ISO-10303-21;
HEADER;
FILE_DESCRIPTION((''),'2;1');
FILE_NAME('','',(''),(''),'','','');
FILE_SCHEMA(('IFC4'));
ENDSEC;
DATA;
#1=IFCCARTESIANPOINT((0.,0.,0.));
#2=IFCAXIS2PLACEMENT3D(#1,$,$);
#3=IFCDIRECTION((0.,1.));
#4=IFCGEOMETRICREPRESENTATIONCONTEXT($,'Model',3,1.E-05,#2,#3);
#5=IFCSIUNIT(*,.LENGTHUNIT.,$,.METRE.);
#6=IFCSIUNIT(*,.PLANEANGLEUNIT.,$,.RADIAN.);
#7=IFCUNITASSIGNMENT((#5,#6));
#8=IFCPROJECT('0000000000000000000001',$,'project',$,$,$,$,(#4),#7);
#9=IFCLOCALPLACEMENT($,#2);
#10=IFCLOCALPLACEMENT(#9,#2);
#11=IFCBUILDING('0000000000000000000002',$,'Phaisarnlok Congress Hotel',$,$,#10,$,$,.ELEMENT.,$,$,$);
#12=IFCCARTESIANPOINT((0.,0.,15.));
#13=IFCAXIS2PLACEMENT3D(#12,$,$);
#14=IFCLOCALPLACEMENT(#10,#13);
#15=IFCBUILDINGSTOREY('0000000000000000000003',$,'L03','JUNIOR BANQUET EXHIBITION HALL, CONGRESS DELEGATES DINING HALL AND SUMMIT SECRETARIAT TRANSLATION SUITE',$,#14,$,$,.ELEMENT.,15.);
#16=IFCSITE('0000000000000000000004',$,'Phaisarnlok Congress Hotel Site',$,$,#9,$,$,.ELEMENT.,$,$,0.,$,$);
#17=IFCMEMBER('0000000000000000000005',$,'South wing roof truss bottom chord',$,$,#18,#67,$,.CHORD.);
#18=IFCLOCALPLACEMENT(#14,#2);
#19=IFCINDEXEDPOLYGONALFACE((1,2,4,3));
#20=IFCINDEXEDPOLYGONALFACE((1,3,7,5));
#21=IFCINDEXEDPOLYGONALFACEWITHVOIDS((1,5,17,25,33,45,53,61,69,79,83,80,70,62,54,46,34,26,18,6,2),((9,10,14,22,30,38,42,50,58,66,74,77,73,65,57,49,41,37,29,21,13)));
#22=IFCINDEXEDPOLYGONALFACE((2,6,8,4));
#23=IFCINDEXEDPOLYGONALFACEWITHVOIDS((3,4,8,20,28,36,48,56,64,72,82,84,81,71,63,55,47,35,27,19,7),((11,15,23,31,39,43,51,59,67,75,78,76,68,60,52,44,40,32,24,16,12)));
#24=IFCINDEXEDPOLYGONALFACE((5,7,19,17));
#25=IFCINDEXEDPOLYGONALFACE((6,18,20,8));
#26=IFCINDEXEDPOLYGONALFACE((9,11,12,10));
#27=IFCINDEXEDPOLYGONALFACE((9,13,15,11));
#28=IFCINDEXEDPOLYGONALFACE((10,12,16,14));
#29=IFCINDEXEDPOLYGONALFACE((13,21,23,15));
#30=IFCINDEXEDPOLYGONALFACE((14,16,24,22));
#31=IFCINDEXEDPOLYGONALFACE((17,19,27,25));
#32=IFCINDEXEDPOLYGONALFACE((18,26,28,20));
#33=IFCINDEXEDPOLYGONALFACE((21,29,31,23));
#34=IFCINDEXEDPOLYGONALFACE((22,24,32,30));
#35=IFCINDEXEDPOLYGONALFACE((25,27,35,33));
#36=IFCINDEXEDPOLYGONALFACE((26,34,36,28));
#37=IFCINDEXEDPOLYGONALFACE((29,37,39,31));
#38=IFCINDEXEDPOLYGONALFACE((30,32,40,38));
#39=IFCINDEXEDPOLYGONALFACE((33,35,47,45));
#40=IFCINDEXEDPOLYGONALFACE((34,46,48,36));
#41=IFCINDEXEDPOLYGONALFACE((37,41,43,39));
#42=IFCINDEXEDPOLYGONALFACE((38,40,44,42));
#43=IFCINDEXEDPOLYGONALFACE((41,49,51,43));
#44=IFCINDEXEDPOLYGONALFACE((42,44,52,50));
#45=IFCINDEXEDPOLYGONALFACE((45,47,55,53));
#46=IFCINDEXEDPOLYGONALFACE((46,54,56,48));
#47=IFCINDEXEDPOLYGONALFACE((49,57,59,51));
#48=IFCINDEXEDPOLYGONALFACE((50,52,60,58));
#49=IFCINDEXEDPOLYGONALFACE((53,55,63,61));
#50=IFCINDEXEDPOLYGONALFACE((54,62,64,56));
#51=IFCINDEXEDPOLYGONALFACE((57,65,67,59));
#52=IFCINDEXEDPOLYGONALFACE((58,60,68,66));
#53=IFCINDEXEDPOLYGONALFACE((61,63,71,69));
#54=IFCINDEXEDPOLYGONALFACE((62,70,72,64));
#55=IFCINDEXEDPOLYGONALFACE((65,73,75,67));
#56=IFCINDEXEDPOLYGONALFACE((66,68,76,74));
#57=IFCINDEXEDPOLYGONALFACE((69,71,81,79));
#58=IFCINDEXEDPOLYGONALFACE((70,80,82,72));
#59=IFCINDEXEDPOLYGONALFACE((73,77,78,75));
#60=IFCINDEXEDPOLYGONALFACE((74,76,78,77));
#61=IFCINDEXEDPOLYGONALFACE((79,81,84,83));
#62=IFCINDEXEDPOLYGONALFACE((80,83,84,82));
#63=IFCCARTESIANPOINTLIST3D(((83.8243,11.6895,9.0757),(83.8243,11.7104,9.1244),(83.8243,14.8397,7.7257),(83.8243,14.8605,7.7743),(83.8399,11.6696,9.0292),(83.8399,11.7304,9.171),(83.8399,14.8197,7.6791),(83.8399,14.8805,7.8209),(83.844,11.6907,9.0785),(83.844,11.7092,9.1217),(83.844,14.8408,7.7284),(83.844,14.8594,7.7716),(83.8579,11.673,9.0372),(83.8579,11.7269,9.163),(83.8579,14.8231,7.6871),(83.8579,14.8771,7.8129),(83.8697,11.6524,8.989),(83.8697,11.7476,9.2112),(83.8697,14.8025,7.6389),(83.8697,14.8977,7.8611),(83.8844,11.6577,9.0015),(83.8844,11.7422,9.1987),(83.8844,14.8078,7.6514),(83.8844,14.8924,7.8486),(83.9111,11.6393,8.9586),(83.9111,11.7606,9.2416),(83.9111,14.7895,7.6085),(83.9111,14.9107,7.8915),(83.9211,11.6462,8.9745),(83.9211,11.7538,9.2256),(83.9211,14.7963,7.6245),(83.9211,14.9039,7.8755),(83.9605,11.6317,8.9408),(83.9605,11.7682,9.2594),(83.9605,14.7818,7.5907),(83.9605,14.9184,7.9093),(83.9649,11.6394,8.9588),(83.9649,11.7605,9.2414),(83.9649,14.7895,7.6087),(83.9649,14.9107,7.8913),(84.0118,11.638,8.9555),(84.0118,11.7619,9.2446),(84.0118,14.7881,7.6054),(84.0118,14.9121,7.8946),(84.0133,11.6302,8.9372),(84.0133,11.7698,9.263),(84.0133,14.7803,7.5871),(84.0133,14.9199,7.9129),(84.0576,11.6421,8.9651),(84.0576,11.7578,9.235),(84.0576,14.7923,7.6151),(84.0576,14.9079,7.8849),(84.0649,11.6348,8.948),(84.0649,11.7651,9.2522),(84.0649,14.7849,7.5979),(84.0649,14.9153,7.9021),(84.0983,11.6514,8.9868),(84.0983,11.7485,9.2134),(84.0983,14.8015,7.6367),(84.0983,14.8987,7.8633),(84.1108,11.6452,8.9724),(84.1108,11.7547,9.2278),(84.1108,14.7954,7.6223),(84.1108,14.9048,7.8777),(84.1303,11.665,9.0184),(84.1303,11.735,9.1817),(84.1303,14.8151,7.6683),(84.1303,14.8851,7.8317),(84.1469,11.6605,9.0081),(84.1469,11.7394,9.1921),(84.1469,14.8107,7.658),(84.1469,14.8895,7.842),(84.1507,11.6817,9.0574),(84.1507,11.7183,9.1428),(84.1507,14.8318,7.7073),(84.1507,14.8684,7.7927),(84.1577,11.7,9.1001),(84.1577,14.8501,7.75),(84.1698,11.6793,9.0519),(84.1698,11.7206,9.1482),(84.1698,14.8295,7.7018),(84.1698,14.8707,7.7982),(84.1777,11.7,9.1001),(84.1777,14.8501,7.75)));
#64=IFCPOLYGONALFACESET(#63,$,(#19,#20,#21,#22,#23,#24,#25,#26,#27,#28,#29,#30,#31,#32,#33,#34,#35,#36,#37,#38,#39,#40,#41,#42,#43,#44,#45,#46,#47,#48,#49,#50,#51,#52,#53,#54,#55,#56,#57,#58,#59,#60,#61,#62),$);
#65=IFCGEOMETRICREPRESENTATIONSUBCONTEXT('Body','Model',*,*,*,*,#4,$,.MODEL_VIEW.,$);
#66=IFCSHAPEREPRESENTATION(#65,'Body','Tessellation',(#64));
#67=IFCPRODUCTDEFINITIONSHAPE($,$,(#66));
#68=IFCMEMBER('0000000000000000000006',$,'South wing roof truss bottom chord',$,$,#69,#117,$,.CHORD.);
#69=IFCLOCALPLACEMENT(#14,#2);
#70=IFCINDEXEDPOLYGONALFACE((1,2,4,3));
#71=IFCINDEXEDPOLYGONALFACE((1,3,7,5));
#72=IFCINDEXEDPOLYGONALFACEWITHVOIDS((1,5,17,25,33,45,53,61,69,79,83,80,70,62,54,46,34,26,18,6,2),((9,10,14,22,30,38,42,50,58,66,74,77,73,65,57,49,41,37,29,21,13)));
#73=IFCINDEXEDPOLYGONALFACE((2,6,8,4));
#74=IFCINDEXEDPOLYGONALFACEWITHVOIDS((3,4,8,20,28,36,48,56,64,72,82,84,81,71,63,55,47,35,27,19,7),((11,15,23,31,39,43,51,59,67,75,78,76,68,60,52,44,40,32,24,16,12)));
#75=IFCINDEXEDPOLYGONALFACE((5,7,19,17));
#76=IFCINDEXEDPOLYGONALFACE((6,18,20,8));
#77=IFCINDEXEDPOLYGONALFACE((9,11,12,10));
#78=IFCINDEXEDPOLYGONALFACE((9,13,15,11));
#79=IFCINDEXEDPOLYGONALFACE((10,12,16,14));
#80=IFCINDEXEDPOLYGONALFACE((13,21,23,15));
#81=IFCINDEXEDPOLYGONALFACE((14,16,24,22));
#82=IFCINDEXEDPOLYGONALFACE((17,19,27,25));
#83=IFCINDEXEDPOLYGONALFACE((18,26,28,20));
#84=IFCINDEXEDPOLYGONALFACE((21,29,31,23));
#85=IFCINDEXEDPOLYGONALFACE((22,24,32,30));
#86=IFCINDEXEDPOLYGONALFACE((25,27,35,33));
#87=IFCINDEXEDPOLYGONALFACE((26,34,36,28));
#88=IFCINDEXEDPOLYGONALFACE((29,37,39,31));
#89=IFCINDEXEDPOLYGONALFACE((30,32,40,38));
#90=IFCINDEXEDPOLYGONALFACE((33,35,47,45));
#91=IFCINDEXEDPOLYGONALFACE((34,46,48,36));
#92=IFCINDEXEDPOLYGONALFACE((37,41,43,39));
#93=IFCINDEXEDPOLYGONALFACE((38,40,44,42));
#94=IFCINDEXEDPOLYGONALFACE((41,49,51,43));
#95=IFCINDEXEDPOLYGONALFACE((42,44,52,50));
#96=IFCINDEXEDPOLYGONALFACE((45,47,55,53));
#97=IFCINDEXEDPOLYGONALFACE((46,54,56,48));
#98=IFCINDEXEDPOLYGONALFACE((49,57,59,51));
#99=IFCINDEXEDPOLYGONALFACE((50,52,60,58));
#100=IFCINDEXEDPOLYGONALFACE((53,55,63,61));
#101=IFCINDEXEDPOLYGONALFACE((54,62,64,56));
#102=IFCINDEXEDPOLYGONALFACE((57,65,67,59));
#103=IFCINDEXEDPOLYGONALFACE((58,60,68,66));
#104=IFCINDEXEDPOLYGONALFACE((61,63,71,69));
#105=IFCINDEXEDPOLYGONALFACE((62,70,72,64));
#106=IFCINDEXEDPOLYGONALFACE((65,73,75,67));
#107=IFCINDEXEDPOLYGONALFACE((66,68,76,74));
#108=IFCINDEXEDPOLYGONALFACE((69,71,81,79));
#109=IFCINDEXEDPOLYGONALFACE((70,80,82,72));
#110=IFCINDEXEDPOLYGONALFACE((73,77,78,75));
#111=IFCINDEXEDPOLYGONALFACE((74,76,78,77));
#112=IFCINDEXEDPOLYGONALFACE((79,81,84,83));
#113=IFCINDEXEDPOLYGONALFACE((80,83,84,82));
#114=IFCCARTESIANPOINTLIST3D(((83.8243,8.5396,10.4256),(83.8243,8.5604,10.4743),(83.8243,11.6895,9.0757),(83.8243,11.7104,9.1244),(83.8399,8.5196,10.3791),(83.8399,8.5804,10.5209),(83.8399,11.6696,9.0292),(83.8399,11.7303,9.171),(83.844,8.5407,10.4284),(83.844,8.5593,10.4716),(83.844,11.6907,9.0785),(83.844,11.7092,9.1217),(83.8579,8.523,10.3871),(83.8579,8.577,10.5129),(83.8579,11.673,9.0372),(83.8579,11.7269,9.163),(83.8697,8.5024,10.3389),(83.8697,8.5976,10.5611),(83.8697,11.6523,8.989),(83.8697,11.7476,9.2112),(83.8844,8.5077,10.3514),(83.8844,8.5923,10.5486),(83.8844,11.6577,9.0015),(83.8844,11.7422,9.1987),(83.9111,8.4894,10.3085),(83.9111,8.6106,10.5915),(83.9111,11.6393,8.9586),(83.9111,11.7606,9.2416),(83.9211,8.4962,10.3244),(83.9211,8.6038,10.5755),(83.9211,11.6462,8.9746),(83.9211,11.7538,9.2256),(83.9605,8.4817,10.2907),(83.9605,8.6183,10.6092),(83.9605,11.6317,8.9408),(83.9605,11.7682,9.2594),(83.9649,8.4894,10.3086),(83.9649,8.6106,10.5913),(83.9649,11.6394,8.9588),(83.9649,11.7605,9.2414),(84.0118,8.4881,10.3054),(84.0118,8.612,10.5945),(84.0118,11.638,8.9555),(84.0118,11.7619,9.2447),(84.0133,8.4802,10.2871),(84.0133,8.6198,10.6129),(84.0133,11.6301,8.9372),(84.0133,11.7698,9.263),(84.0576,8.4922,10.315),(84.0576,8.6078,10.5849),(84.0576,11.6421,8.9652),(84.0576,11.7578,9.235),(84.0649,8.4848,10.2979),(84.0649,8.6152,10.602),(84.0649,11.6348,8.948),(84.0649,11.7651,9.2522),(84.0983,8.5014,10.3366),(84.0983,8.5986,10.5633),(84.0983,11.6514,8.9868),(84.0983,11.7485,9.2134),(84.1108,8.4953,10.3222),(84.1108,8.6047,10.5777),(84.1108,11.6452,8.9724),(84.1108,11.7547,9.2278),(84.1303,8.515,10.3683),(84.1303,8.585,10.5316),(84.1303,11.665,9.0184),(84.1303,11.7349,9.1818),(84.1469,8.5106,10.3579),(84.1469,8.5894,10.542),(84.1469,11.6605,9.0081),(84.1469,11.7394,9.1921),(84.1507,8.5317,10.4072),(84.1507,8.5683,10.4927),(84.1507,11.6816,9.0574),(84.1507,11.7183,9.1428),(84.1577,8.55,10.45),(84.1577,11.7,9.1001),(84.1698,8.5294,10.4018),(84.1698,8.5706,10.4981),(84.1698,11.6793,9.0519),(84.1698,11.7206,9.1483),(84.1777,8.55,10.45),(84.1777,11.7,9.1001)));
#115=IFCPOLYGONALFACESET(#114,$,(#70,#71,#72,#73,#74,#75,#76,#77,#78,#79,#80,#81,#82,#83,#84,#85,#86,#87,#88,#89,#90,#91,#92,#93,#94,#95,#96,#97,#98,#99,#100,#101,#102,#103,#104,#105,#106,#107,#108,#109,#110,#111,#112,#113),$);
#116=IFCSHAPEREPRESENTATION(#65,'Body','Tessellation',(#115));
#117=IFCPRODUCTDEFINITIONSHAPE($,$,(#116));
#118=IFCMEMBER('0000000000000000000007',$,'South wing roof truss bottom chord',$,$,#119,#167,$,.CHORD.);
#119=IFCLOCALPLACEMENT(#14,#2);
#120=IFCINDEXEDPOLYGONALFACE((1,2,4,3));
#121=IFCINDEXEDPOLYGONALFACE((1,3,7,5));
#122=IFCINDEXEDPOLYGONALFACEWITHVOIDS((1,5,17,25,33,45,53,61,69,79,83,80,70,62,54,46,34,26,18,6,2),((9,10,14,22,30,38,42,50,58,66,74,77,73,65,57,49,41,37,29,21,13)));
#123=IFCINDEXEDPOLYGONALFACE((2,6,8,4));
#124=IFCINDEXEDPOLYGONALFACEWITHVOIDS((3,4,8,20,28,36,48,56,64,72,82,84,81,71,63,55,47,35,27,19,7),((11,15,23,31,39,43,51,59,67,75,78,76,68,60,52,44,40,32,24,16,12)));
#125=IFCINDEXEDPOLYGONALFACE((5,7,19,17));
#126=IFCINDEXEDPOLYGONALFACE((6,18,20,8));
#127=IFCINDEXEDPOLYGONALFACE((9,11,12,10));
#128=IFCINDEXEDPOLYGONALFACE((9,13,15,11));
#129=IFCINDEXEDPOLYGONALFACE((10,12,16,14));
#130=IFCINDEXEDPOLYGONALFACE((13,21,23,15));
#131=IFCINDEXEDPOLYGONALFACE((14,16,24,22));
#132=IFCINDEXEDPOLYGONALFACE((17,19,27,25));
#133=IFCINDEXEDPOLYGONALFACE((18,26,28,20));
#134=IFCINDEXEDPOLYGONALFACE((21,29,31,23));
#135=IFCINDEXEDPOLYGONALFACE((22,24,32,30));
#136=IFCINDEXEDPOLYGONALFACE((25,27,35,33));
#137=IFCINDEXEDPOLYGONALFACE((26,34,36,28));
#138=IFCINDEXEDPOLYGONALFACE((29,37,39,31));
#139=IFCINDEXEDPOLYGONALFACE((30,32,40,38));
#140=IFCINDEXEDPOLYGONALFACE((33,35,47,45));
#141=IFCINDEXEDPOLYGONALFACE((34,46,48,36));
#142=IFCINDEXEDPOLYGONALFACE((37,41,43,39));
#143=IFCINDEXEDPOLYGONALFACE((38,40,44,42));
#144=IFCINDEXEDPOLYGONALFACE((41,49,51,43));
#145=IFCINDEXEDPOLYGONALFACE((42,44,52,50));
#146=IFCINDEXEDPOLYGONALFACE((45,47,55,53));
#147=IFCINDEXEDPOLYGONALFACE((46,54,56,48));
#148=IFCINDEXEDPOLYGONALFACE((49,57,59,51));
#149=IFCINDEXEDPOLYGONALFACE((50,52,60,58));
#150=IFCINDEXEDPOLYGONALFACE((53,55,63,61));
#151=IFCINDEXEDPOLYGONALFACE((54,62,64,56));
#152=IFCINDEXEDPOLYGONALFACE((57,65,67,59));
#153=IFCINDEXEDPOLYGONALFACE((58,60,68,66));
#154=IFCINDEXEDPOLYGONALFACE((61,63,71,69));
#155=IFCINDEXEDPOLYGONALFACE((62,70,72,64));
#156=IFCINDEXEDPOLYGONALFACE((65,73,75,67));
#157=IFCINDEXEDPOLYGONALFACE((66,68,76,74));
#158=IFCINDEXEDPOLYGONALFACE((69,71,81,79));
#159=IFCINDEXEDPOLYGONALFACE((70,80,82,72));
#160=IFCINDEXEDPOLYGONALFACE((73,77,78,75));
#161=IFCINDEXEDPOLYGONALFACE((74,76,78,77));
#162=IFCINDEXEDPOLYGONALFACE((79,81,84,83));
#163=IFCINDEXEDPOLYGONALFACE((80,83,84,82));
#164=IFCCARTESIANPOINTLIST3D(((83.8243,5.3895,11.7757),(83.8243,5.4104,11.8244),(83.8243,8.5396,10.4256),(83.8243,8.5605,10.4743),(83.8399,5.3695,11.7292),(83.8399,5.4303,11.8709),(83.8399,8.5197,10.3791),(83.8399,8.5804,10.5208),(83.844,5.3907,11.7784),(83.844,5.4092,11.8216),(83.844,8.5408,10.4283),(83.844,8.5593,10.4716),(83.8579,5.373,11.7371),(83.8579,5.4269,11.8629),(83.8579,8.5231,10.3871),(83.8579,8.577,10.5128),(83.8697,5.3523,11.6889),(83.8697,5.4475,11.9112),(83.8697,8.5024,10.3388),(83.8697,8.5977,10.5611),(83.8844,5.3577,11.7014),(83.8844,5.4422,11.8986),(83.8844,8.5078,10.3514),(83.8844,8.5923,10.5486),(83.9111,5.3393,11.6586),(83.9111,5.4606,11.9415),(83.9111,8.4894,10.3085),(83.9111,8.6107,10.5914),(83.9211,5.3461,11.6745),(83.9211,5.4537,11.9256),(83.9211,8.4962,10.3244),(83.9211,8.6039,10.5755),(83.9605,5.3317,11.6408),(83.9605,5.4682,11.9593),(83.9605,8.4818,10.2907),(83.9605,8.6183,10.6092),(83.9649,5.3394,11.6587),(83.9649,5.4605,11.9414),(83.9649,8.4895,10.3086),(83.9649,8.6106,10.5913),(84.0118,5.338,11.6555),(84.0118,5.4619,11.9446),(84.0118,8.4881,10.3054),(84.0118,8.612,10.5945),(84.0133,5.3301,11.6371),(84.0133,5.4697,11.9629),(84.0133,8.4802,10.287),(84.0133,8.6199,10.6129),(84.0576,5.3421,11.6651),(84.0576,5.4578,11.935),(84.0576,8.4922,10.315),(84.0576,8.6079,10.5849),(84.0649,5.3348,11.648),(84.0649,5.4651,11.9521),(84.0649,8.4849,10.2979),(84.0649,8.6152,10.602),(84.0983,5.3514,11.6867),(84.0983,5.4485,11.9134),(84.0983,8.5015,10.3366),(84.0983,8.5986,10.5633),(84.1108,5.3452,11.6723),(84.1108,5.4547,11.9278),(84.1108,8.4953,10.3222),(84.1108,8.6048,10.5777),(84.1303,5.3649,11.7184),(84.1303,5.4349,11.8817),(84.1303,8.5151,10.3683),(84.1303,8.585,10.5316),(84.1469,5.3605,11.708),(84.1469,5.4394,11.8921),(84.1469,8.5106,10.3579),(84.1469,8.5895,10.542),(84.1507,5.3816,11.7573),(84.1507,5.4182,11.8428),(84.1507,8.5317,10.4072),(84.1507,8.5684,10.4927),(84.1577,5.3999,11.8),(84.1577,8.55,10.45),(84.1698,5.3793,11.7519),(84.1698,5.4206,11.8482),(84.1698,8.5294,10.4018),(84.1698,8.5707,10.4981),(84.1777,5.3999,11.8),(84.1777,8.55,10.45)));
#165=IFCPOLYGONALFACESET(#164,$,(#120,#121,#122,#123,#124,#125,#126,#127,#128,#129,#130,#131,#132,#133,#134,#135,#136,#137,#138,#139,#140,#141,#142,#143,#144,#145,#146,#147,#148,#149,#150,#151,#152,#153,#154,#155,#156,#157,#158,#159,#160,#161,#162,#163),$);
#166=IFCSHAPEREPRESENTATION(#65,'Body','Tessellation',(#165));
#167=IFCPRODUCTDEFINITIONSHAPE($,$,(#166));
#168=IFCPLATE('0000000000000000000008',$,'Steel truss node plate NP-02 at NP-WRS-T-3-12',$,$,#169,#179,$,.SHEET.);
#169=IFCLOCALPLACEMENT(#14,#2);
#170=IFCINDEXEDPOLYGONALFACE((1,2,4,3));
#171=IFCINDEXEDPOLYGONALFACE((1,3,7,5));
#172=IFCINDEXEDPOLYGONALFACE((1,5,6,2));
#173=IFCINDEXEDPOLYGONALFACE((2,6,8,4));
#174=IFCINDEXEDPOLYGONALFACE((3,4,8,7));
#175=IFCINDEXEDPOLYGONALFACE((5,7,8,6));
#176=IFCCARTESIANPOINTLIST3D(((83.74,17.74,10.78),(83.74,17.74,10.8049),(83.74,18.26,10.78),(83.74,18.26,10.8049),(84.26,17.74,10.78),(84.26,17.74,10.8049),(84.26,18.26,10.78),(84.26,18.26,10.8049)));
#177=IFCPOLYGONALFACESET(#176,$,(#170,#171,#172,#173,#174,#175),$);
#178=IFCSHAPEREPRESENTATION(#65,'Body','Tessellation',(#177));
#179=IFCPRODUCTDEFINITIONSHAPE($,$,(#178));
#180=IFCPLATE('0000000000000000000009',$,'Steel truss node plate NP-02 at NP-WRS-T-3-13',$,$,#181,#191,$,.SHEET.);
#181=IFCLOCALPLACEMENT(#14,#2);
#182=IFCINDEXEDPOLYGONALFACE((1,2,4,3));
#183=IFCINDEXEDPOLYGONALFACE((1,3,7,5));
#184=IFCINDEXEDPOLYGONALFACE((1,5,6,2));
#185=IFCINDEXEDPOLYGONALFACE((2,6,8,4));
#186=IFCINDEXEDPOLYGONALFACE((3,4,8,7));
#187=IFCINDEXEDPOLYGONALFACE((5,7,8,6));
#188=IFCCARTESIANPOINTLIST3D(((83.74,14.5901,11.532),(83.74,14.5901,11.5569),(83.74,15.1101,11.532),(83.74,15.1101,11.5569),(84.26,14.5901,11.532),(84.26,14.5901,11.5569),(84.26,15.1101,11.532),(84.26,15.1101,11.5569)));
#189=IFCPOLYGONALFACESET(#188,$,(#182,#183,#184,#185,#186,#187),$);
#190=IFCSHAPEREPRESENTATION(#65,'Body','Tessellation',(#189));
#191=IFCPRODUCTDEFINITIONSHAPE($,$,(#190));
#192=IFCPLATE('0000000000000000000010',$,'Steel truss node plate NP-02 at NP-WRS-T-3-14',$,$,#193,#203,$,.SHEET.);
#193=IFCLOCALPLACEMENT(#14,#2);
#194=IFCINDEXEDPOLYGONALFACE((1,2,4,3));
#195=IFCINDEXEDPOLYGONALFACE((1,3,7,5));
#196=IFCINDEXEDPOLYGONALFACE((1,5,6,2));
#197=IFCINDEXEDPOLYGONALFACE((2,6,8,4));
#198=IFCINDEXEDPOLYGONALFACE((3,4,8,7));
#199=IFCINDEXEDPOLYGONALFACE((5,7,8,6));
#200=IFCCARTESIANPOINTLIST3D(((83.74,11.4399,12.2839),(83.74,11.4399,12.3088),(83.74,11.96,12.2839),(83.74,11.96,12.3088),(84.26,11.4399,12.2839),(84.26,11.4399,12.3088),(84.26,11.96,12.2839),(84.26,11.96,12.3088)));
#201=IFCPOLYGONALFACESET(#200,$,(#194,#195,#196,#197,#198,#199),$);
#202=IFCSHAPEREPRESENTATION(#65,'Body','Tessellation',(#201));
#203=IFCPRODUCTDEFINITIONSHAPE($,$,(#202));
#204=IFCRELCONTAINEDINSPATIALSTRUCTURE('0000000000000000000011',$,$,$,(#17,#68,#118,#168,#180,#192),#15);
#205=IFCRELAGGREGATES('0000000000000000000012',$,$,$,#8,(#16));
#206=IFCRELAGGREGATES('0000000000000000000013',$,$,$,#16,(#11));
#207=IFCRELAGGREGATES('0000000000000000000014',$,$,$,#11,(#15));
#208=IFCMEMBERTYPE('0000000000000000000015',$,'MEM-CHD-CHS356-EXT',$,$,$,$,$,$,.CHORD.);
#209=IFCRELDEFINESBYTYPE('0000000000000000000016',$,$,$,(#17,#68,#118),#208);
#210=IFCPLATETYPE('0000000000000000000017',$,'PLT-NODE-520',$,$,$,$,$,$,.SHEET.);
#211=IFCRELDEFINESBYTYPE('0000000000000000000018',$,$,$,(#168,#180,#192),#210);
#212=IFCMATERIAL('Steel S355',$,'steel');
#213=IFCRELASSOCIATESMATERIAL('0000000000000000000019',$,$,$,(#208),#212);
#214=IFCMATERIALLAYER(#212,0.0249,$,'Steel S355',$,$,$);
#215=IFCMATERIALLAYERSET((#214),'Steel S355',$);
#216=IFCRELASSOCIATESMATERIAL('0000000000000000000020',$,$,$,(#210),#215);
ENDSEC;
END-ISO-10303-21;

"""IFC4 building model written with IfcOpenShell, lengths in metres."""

from ifc_helpers import new_model, si_unit, direction, frame, origin, origin_2d, place, context, subcontext, project, spatial, rectangle, hollow_circle, extrude, material, layer, layer_set, material_profile, profile_set, type_object, element, save


model = new_model("IFC4")

# Units and contexts
model_context = context("Model", 3, precision=1e-05, world=origin(), true_north=direction((0.0, 1.0)))
body_context = subcontext(model_context, "Body", "Model", "MODEL_VIEW")
ifc_project = project(units=[si_unit("LENGTHUNIT", "METRE"), si_unit("PLANEANGLEUNIT", "RADIAN")], contexts=[model_context])

# Site, building, storey
site_placement = place(None, origin())
site = spatial("IfcSite", under=ifc_project, at=site_placement, Name="Phaisarnlok Congress Hotel Site", CompositionType="ELEMENT", RefElevation=0.0)
building_placement = place(site_placement, origin())
building = spatial("IfcBuilding", under=site, at=building_placement, Name="Phaisarnlok Congress Hotel", CompositionType="ELEMENT")
storey_placement = place(building_placement, frame((0.0, 0.0, 15.0)))
storey = spatial("IfcBuildingStorey", under=building, at=storey_placement, Name="L03", Description="JUNIOR BANQUET EXHIBITION HALL, CONGRESS DELEGATES DINING HALL AND SUMMIT SECRETARIAT TRANSLATION SUITE", CompositionType="ELEMENT", Elevation=15.0)

# Shared definitions
ifc_material_1 = material(Name="Steel S355", Category="steel")

# Members
ifc_material_profile_1 = material_profile(ifc_material_1, hollow_circle(Radius=0.1777, WallThickness=0.02, at=origin_2d()), Name="CHS 355.6x20")
ifc_profile_set_1 = profile_set([ifc_material_profile_1], Name="Steel S355")
member_type_1 = type_object("IfcMemberType", Name="MEM-CHD-CHS356-EXT", PredefinedType="CHORD", material=ifc_profile_set_1)
member_1_placement = place(storey_placement, frame((84.0, 14.8501, 7.75), z_axis=(0.0, -0.919141, 0.393928), x_axis=(1.0, 0.0, 0.0)))
element("IfcMember", 1, at=member_1_placement, inside=storey, type_object=member_type_1, Name="South wing roof truss bottom chord", PredefinedType="CHORD", context=body_context, shape_type="SweptSolid", body=[
    extrude(hollow_circle(Radius=0.1777, WallThickness=0.02, at=origin_2d()), origin(), (0.0, 0.0, 1.0), 3.4272),
])
member_2_placement = place(storey_placement, frame((84.0, 11.7, 9.1001), z_axis=(0.0, -0.919156, 0.393894), x_axis=(1.0, 0.0, 0.0)))
element("IfcMember", 2, at=member_2_placement, inside=storey, type_object=member_type_1, Name="South wing roof truss bottom chord", PredefinedType="CHORD", context=body_context, shape_type="SweptSolid", body=[
    extrude(hollow_circle(Radius=0.1777, WallThickness=0.02, at=origin_2d()), origin(), (0.0, 0.0, 1.0), 3.427),
])
member_3_placement = place(storey_placement, frame((84.0, 8.55, 10.45), z_axis=(0.0, -0.919141, 0.393928), x_axis=(1.0, 0.0, 0.0)))
element("IfcMember", 3, at=member_3_placement, inside=storey, type_object=member_type_1, Name="South wing roof truss bottom chord", PredefinedType="CHORD", context=body_context, shape_type="SweptSolid", body=[
    extrude(hollow_circle(Radius=0.1777, WallThickness=0.02, at=origin_2d()), origin(), (0.0, 0.0, 1.0), 3.4272),
])

# Plates
ifc_layer_1 = layer(ifc_material_1, 0.0249, Name="Steel S355")
ifc_layer_set_1 = layer_set([ifc_layer_1], Name="Steel S355")
plate_type_1 = type_object("IfcPlateType", Name="PLT-NODE-520", PredefinedType="SHEET", material=ifc_layer_set_1)
for number, where, z_axis, x_axis, name in (
    (4, (84.0, 18.0, 10.78), (0.0, 0.0, 1.0), (1.0, 0.0, 0.0), "Steel truss node plate NP-02 at NP-WRS-T-3-12"),
    (5, (84.0, 14.8501, 11.532), (0.0, 0.0, 1.0), (1.0, 0.0, 0.0), "Steel truss node plate NP-02 at NP-WRS-T-3-13"),
    (6, (84.0, 11.7, 12.2839), (0.0, 0.0, 1.0), (1.0, 0.0, 0.0), "Steel truss node plate NP-02 at NP-WRS-T-3-14"),
):
    element("IfcPlate", number, at=place(storey_placement, frame(where, z_axis=z_axis, x_axis=x_axis)), inside=storey, type_object=plate_type_1, Name=name, PredefinedType="SHEET", context=body_context, shape_type="SweptSolid", body=[
        extrude(rectangle(XDim=0.52, YDim=0.52, at=origin_2d()), origin(), (0.0, 0.0, 1.0), 0.0249),
    ])

save(model, "model.ifc")
